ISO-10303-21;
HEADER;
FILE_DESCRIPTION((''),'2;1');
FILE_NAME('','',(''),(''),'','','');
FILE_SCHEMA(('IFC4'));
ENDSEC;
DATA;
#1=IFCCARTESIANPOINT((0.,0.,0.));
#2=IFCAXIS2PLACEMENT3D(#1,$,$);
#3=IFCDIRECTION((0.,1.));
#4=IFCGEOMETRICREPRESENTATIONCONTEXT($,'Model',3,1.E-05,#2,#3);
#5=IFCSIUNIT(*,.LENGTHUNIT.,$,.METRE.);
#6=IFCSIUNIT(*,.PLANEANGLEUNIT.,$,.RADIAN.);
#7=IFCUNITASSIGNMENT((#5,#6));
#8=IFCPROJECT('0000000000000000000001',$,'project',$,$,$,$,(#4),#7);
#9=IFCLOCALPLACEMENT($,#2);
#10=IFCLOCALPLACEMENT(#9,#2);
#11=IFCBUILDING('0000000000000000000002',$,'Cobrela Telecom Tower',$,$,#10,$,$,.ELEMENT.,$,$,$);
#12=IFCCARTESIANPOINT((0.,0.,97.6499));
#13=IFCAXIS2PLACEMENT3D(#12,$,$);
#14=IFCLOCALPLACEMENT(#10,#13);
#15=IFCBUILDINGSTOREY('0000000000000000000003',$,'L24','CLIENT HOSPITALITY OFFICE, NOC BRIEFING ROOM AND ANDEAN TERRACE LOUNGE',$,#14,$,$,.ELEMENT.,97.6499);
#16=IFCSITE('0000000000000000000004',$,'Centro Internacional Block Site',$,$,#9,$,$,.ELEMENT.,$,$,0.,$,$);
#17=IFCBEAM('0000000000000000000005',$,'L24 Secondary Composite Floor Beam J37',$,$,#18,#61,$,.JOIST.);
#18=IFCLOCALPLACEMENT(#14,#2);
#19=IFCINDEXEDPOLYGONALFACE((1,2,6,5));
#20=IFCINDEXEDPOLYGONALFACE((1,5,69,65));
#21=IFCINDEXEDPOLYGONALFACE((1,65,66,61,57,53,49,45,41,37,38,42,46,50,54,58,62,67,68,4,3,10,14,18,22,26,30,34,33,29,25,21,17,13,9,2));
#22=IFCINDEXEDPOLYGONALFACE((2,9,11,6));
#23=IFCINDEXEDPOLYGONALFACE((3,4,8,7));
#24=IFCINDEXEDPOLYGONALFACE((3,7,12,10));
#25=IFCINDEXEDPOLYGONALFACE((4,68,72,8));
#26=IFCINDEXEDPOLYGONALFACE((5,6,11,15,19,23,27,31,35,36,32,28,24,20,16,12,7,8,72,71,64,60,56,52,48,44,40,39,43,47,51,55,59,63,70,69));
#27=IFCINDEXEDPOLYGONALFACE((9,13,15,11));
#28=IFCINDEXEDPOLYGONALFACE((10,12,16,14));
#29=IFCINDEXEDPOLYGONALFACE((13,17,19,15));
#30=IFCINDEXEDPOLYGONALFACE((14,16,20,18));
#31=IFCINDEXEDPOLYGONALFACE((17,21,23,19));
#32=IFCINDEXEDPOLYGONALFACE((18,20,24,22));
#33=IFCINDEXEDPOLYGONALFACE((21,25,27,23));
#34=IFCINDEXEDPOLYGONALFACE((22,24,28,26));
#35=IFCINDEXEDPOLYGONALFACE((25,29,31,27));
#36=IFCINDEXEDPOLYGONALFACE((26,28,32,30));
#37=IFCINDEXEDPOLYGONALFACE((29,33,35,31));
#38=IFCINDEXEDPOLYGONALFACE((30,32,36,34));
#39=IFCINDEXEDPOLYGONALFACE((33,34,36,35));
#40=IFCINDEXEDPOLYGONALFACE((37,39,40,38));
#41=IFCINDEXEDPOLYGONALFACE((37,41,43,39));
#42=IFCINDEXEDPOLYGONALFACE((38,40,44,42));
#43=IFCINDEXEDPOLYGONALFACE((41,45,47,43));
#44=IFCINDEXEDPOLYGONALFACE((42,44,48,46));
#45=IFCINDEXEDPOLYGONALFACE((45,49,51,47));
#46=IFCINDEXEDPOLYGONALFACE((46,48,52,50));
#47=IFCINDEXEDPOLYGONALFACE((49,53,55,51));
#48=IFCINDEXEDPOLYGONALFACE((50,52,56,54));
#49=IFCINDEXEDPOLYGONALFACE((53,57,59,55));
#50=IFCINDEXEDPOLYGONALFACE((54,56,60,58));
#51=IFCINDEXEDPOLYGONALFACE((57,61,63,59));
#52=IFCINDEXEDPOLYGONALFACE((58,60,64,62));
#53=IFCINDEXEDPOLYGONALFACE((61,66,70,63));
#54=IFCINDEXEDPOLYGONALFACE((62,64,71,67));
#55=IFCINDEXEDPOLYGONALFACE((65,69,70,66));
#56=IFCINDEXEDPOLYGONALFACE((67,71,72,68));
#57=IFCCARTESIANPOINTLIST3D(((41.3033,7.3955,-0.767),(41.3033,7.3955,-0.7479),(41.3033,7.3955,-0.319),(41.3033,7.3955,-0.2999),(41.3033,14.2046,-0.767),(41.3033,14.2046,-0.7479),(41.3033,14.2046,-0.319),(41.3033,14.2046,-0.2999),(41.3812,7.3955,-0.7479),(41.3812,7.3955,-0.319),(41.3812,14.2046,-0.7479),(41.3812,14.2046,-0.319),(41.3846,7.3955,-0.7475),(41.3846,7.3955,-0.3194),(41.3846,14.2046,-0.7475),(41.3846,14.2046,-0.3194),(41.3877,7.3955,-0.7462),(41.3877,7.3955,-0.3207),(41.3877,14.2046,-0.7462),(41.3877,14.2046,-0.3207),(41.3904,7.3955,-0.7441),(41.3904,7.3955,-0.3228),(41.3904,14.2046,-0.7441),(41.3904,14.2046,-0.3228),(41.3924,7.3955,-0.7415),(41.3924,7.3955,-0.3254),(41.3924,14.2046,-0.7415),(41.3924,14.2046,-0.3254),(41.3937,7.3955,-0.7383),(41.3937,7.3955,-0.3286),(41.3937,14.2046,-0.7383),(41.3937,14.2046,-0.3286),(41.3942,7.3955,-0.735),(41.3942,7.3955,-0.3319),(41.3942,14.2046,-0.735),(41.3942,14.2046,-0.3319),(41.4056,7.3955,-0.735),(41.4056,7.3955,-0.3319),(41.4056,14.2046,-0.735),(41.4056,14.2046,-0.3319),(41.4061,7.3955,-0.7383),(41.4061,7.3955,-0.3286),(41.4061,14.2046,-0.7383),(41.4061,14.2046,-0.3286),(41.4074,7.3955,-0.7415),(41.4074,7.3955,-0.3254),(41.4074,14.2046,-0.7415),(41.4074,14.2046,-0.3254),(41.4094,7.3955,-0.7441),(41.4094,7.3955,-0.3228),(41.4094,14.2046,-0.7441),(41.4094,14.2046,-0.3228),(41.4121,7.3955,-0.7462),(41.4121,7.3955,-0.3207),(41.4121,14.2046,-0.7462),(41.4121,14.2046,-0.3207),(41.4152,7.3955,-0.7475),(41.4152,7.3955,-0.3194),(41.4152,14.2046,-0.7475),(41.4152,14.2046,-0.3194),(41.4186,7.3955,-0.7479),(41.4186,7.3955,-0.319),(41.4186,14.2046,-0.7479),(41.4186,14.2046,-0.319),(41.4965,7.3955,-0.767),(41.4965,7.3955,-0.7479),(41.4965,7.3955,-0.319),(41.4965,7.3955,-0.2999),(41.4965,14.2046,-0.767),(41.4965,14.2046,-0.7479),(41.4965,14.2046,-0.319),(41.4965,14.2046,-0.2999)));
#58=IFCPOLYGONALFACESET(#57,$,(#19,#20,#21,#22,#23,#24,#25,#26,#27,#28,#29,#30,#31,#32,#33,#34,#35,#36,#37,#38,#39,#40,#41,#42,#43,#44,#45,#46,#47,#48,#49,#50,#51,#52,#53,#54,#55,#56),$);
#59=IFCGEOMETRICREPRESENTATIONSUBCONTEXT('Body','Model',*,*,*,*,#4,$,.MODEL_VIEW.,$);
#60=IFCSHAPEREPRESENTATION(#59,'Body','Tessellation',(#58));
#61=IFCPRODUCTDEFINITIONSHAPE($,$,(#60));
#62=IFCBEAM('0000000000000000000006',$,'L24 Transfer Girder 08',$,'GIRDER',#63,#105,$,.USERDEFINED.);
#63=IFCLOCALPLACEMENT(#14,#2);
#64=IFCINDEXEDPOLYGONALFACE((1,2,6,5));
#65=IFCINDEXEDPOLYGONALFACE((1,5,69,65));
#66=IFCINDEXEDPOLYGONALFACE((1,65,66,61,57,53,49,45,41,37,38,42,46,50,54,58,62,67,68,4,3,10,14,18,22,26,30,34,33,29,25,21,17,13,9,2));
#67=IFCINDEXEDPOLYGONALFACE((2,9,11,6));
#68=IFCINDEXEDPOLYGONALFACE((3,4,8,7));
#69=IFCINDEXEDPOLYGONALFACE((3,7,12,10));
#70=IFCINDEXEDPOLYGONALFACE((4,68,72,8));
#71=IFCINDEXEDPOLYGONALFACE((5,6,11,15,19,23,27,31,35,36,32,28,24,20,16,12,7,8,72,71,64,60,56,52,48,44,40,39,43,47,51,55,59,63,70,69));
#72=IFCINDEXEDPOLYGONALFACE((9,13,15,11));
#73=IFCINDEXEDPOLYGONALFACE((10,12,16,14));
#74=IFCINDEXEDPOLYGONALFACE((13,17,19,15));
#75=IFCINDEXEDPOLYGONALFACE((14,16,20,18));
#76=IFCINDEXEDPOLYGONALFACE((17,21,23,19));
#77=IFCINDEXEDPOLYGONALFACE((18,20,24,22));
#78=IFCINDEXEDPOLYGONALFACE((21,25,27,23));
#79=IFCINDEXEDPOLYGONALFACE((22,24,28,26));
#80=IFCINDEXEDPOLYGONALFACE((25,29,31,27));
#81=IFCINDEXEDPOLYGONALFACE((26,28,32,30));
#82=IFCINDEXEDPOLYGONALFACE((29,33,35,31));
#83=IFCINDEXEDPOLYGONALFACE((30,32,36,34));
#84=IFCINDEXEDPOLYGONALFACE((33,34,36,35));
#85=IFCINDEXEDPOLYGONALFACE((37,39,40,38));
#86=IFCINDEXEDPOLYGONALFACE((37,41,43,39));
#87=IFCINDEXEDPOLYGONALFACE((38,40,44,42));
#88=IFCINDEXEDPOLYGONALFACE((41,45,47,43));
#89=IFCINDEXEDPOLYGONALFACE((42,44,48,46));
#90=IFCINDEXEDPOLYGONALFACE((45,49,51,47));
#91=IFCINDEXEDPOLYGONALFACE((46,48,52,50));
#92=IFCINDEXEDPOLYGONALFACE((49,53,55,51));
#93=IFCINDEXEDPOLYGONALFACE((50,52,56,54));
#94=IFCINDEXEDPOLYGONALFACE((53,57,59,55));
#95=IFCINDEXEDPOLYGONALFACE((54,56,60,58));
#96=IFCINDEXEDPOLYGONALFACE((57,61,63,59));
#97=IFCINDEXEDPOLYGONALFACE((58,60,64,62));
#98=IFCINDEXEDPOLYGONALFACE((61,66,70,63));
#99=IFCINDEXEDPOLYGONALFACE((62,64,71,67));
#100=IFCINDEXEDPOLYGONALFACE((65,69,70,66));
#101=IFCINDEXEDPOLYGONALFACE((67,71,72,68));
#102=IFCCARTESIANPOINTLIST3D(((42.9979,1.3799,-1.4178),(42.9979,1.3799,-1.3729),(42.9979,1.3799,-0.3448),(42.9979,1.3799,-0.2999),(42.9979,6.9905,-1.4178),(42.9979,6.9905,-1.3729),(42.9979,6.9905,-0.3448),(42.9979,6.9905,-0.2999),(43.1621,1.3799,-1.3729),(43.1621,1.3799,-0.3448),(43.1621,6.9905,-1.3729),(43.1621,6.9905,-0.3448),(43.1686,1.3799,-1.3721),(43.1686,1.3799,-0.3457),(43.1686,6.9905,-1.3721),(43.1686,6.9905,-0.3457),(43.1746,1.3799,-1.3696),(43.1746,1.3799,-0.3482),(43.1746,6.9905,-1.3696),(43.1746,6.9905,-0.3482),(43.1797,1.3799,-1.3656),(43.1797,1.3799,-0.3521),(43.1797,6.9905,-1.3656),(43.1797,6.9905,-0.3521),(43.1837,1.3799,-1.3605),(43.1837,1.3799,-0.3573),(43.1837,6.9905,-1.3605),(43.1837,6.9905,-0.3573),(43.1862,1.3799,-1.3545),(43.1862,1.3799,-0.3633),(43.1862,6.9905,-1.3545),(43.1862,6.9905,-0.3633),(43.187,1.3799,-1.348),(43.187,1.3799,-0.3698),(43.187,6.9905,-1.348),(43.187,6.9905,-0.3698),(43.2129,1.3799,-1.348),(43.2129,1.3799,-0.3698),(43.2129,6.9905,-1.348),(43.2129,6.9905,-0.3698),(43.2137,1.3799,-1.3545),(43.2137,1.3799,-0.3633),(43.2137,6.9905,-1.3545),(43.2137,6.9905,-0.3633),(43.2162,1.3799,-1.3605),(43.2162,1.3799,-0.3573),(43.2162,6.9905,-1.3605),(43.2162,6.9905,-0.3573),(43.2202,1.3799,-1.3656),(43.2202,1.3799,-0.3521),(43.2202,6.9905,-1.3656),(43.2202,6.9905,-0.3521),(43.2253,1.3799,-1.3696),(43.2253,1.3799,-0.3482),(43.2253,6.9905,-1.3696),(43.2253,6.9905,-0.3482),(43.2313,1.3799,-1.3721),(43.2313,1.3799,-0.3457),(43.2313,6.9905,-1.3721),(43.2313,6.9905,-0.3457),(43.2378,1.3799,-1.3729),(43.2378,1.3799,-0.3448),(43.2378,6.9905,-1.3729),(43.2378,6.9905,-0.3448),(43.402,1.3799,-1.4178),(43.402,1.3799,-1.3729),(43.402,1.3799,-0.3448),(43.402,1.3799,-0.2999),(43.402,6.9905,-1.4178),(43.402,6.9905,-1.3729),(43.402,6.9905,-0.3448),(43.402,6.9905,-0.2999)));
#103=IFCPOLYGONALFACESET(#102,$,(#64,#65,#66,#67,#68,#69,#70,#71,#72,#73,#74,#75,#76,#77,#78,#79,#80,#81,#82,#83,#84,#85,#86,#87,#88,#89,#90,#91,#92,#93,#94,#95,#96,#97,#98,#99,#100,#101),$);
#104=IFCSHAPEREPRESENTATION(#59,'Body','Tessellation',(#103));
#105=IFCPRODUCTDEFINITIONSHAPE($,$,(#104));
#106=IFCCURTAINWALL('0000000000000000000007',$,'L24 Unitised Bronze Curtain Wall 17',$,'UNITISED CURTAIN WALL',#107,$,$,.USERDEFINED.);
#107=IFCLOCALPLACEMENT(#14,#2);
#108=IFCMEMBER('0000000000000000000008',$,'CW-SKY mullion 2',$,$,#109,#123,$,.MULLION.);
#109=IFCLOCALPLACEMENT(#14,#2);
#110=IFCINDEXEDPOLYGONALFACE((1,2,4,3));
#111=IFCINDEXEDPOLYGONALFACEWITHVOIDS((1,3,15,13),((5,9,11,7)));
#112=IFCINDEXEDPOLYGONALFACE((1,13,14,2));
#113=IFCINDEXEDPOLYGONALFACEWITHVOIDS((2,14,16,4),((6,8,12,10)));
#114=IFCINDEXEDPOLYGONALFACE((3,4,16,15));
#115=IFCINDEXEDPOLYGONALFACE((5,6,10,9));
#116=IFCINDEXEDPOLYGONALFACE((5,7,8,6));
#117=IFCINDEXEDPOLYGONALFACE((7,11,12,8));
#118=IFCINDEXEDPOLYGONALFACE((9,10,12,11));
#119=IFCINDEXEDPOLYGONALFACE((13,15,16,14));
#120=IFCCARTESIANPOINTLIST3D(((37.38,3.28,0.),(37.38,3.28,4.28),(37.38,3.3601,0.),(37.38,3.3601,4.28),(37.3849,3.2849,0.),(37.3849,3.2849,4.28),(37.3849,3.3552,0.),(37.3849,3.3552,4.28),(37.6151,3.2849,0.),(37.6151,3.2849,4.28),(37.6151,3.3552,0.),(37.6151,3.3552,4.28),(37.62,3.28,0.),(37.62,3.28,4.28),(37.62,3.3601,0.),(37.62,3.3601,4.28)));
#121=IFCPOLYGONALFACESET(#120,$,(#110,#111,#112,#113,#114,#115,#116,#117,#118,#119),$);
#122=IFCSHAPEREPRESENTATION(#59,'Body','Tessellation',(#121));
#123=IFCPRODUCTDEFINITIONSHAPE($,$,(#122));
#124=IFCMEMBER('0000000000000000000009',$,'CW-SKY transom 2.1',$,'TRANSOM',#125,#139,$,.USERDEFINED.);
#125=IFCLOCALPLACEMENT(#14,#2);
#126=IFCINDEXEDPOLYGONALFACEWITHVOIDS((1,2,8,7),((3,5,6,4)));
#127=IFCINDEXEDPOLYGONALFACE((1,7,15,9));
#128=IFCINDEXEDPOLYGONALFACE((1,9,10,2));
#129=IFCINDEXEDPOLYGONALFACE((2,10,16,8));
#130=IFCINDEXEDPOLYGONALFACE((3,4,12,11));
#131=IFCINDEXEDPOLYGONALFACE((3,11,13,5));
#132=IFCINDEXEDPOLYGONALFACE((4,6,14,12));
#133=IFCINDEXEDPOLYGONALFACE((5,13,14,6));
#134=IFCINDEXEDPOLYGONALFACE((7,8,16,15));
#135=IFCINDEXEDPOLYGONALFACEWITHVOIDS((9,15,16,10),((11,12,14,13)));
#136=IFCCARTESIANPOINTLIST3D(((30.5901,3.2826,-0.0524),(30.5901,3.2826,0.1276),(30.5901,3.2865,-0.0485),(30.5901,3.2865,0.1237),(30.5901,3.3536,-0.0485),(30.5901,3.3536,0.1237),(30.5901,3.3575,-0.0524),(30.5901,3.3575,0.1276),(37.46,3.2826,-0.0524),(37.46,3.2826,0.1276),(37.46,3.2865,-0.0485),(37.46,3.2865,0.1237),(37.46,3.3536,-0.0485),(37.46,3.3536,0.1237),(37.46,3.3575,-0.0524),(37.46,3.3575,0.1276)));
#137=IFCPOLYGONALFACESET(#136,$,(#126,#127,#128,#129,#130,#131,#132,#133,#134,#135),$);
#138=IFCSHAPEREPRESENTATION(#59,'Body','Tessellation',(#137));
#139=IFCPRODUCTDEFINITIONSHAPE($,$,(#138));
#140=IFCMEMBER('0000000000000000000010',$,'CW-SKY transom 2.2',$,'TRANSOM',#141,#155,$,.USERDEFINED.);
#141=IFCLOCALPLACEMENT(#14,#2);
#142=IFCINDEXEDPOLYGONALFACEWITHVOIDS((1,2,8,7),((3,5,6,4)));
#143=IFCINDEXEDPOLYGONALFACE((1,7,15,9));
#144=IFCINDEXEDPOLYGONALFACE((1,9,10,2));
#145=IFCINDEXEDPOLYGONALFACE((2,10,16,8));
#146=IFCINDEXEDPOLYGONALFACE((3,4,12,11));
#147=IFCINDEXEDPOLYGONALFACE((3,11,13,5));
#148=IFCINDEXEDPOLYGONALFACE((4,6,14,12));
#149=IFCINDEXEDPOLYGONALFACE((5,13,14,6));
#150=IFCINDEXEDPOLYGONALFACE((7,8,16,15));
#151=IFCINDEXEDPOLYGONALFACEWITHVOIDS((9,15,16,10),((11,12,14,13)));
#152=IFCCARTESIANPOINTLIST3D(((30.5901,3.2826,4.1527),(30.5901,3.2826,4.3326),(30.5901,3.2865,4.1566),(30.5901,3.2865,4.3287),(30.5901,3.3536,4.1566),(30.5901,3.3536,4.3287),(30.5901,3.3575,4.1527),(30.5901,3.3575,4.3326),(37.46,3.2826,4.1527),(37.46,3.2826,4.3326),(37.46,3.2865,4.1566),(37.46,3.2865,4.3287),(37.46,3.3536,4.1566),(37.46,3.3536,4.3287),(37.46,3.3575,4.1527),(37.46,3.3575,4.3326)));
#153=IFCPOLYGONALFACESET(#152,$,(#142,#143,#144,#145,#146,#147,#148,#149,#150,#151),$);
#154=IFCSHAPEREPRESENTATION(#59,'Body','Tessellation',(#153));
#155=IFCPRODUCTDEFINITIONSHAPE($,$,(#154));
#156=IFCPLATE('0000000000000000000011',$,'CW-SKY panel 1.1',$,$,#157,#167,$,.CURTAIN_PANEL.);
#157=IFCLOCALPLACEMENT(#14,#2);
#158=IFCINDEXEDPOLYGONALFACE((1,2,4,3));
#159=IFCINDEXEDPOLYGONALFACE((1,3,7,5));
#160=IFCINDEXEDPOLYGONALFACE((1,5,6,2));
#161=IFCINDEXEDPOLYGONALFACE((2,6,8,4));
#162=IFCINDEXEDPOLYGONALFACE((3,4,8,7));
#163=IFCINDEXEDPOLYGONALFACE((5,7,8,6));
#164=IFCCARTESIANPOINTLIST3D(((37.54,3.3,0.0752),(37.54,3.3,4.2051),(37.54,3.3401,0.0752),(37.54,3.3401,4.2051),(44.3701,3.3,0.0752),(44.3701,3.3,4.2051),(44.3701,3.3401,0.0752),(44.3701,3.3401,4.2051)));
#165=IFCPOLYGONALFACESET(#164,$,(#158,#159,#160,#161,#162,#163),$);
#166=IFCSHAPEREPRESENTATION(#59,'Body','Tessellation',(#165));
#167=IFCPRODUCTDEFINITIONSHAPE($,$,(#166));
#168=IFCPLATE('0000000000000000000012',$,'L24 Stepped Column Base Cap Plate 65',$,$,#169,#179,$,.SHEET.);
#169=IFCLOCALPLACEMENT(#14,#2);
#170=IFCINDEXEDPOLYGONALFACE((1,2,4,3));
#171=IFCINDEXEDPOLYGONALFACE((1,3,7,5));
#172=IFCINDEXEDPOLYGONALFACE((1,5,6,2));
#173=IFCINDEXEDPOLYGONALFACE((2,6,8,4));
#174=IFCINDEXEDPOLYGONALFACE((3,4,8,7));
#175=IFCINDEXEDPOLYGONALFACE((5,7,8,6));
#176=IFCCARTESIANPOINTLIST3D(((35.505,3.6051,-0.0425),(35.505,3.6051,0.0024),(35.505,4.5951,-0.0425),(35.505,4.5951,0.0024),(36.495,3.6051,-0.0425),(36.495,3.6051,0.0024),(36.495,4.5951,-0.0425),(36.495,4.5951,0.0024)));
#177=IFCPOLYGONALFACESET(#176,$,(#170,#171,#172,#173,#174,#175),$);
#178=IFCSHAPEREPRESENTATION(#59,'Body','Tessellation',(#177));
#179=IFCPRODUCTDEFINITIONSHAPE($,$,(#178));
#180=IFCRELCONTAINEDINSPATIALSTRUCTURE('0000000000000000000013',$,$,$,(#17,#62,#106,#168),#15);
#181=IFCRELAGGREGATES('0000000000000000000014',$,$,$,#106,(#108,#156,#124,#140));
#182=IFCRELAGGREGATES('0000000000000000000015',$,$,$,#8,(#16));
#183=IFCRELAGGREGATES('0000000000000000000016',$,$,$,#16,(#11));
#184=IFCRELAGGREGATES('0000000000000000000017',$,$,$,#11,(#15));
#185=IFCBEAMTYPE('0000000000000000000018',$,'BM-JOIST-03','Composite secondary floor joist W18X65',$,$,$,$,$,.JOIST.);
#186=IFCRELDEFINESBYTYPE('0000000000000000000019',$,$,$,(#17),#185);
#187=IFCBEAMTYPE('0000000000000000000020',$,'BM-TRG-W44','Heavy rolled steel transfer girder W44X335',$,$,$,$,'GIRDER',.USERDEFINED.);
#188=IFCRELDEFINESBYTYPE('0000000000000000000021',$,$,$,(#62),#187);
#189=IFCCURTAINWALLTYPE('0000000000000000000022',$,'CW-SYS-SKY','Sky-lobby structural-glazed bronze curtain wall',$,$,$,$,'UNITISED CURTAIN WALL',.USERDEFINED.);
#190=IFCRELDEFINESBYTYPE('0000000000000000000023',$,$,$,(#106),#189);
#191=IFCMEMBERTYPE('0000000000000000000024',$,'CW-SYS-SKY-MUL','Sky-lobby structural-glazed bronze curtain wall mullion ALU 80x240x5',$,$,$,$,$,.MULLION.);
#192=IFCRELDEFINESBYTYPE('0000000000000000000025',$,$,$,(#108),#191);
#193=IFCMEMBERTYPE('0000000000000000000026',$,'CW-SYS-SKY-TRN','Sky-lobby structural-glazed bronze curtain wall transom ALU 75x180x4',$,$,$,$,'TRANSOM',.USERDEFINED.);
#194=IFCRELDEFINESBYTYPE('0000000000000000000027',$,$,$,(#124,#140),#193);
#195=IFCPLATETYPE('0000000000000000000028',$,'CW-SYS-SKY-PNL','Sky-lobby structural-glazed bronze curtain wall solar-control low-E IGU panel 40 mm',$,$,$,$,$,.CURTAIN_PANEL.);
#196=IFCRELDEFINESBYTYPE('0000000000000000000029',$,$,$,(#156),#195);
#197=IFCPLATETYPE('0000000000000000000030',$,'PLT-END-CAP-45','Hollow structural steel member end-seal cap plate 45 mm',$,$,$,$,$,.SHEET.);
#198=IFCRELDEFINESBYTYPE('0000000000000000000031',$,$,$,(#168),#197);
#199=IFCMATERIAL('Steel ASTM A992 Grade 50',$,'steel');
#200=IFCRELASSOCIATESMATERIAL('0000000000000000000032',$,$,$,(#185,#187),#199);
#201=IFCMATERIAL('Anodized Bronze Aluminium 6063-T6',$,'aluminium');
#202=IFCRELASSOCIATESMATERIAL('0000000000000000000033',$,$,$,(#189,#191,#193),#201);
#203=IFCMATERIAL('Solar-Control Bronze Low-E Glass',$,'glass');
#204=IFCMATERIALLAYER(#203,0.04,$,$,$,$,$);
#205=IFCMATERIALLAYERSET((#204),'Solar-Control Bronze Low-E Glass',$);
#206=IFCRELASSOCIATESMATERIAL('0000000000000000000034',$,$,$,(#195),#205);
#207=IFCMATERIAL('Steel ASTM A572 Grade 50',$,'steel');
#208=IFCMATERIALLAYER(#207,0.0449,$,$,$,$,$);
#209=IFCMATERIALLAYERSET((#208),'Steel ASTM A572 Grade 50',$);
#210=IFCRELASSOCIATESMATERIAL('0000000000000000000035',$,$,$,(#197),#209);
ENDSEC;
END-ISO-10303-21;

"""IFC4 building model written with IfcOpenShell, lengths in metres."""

from ifc_helpers import new_model, si_unit, direction, frame, origin, origin_2d, place, context, subcontext, project, spatial, rectangle, hollow_rectangle, i_section, extrude, material, layer, layer_set, material_profile, profile_set, type_object, element, aggregate, save


model = new_model("IFC4")

# Units and contexts
model_context = context("Model", 3, precision=1e-05, world=origin(), true_north=direction((0.0, 1.0)))
body_context = subcontext(model_context, "Body", "Model", "MODEL_VIEW")
ifc_project = project(units=[si_unit("LENGTHUNIT", "METRE"), si_unit("PLANEANGLEUNIT", "RADIAN")], contexts=[model_context])

# Site, building, storey
site_placement = place(None, origin())
site = spatial("IfcSite", under=ifc_project, at=site_placement, Name="Centro Internacional Block Site", CompositionType="ELEMENT", RefElevation=0.0)
building_placement = place(site_placement, origin())
building = spatial("IfcBuilding", under=site, at=building_placement, Name="Cobrela Telecom Tower", CompositionType="ELEMENT")
storey_placement = place(building_placement, frame((0.0, 0.0, 97.6499)))
storey = spatial("IfcBuildingStorey", under=building, at=storey_placement, Name="L24", Description="CLIENT HOSPITALITY OFFICE, NOC BRIEFING ROOM AND ANDEAN TERRACE LOUNGE", CompositionType="ELEMENT", Elevation=97.6499)

# Shared definitions
ifc_material_1 = material(Name="Steel ASTM A992 Grade 50", Category="steel")
ifc_material_2 = material(Name="Steel ASTM A572 Grade 50", Category="steel")

# Beams
ifc_material_profile_1 = material_profile(ifc_material_1, i_section(OverallWidth=0.1931, OverallDepth=0.467, WebThickness=0.0115, FlangeThickness=0.019, FilletRadius=0.0129, at=origin_2d()), Name="W18X65")
ifc_profile_set_1 = profile_set([ifc_material_profile_1], Name="Steel ASTM A992 Grade 50")
beam_type_1 = type_object("IfcBeamType", Name="BM-JOIST-03", Description="Composite secondary floor joist W18X65", PredefinedType="JOIST", material=ifc_profile_set_1)
for number, where, z_axis, x_axis, name in (
    (1, (41.3999, 7.3955, -0.5334), (0.0, 1.0, 0.0), (-1.0, 0.0, 0.0), "L24 Secondary Composite Floor Beam J37"),
):
    element("IfcBeam", number, at=place(storey_placement, frame(where, z_axis=z_axis, x_axis=x_axis)), inside=storey, type_object=beam_type_1, Name=name, PredefinedType="JOIST", context=body_context, shape_type="SweptSolid", body=[
        extrude(i_section(OverallWidth=0.1931, OverallDepth=0.467, WebThickness=0.0115, FlangeThickness=0.019, FilletRadius=0.0129, at=origin_2d()), origin(), (0.0, 0.0, 1.0), 6.8091),
    ])
ifc_material_profile_2 = material_profile(ifc_material_1, i_section(OverallWidth=0.4041, OverallDepth=1.1179, WebThickness=0.0259, FlangeThickness=0.0449, FilletRadius=0.0249, at=origin_2d()), Name="W44X335")
ifc_profile_set_2 = profile_set([ifc_material_profile_2], Name="Steel ASTM A992 Grade 50")
beam_type_2 = type_object("IfcBeamType", Name="BM-TRG-W44", Description="Heavy rolled steel transfer girder W44X335", ElementType="GIRDER", PredefinedType="USERDEFINED", material=ifc_profile_set_2)
beam_placement = place(storey_placement, frame((43.2, 1.3799, -0.8589), z_axis=(0.0, 1.0, 0.0), x_axis=(-1.0, 0.0, 0.0)))
element("IfcBeam", 2, at=beam_placement, inside=storey, type_object=beam_type_2, Name="L24 Transfer Girder 08", ObjectType="GIRDER", PredefinedType="USERDEFINED", context=body_context, shape_type="SweptSolid", body=[
    extrude(i_section(OverallWidth=0.4041, OverallDepth=1.1179, WebThickness=0.0259, FlangeThickness=0.0449, FilletRadius=0.0249, at=origin_2d()), origin(), (0.0, 0.0, 1.0), 5.6106),
])

# Curtain wall, members, plate
ifc_material_3 = material(Name="Anodized Bronze Aluminium 6063-T6", Category="aluminium")
curtain_wall_type = type_object("IfcCurtainWallType", Name="CW-SYS-SKY", Description="Sky-lobby structural-glazed bronze curtain wall", ElementType="UNITISED CURTAIN WALL", PredefinedType="USERDEFINED", material=ifc_material_3)
curtain_wall_placement = place(storey_placement, origin())
curtain_wall = element("IfcCurtainWall", 3, at=curtain_wall_placement, inside=storey, type_object=curtain_wall_type, Name="L24 Unitised Bronze Curtain Wall 17", ObjectType="UNITISED CURTAIN WALL", PredefinedType="USERDEFINED")
ifc_material_profile_3 = material_profile(ifc_material_3, hollow_rectangle(XDim=0.0801, YDim=0.24, WallThickness=0.0049, at=origin_2d()), Name="ALU 80x240x5")
ifc_profile_set_3 = profile_set([ifc_material_profile_3], Name="Anodized Bronze Aluminium 6063-T6")
member_type_1 = type_object("IfcMemberType", Name="CW-SYS-SKY-MUL", Description="Sky-lobby structural-glazed bronze curtain wall mullion ALU 80x240x5", PredefinedType="MULLION", material=ifc_profile_set_3)
member_1_placement = place(storey_placement, frame((37.5, 3.3201, 0.0), z_axis=(0.0, 0.0, 1.0), x_axis=(0.0, -1.0, 0.0)))
member_1 = element("IfcMember", 4, at=member_1_placement, type_object=member_type_1, Name="CW-SKY mullion 2", PredefinedType="MULLION", context=body_context, shape_type="SweptSolid", body=[
    extrude(hollow_rectangle(XDim=0.0801, YDim=0.24, WallThickness=0.0049, at=origin_2d()), origin(), (0.0, 0.0, 1.0), 4.28),
])
ifc_material_profile_4 = material_profile(ifc_material_3, hollow_rectangle(XDim=0.075, YDim=0.1799, WallThickness=0.0039, at=origin_2d()), Name="ALU 75x180x4")
ifc_profile_set_4 = profile_set([ifc_material_profile_4], Name="Anodized Bronze Aluminium 6063-T6")
member_type_2 = type_object("IfcMemberType", Name="CW-SYS-SKY-TRN", Description="Sky-lobby structural-glazed bronze curtain wall transom ALU 75x180x4", ElementType="TRANSOM", PredefinedType="USERDEFINED", material=ifc_profile_set_4)
member_2_placement = place(storey_placement, frame((37.46, 3.3201, 0.0376), z_axis=(-1.0, 0.0, 0.0), x_axis=(0.0, -1.0, 0.0)))
member_2 = element("IfcMember", 5, at=member_2_placement, type_object=member_type_2, Name="CW-SKY transom 2.1", ObjectType="TRANSOM", PredefinedType="USERDEFINED", context=body_context, shape_type="SweptSolid", body=[
    extrude(hollow_rectangle(XDim=0.075, YDim=0.1799, WallThickness=0.0039, at=origin_2d()), origin(), (0.0, 0.0, 1.0), 6.8699),
])
member_3_placement = place(storey_placement, frame((37.46, 3.3201, 4.2427), z_axis=(-1.0, 0.0, 0.0), x_axis=(0.0, -1.0, 0.0)))
member_3 = element("IfcMember", 6, at=member_3_placement, type_object=member_type_2, Name="CW-SKY transom 2.2", ObjectType="TRANSOM", PredefinedType="USERDEFINED", context=body_context, shape_type="SweptSolid", body=[
    extrude(hollow_rectangle(XDim=0.075, YDim=0.1799, WallThickness=0.0039, at=origin_2d()), origin(), (0.0, 0.0, 1.0), 6.8699),
])
ifc_material_4 = material(Name="Solar-Control Bronze Low-E Glass", Category="glass")
ifc_layer_1 = layer(ifc_material_4, 0.04)
ifc_layer_set_1 = layer_set([ifc_layer_1], Name="Solar-Control Bronze Low-E Glass")
plate_type_1 = type_object("IfcPlateType", Name="CW-SYS-SKY-PNL", Description="Sky-lobby structural-glazed bronze curtain wall solar-control low-E IGU panel 40 mm", PredefinedType="CURTAIN_PANEL", material=ifc_layer_set_1)
plate_1_placement = place(storey_placement, frame((40.9551, 3.3201, 0.0752), z_axis=(0.0, 0.0, 1.0), x_axis=(-1.0, 0.0, 0.0)))
plate_1 = element("IfcPlate", 7, at=plate_1_placement, type_object=plate_type_1, Name="CW-SKY panel 1.1", PredefinedType="CURTAIN_PANEL", context=body_context, shape_type="SweptSolid", body=[
    extrude(rectangle(XDim=6.8301, YDim=0.04, at=origin_2d()), origin(), (0.0, 0.0, 1.0), 4.1299),
])
aggregate(curtain_wall, [member_1, plate_1, member_2, member_3])

# Plate
ifc_layer_2 = layer(ifc_material_2, 0.0449)
ifc_layer_set_2 = layer_set([ifc_layer_2], Name="Steel ASTM A572 Grade 50")
plate_type_2 = type_object("IfcPlateType", Name="PLT-END-CAP-45", Description="Hollow structural steel member end-seal cap plate 45 mm", PredefinedType="SHEET", material=ifc_layer_set_2)
for number, where, z_axis, x_axis, name in (
    (8, (36.0, 4.1001, -0.0425), (0.0, 0.0, 1.0), (1.0, 0.0, 0.0), "L24 Stepped Column Base Cap Plate 65"),
):
    element("IfcPlate", number, at=place(storey_placement, frame(where, z_axis=z_axis, x_axis=x_axis)), inside=storey, type_object=plate_type_2, Name=name, PredefinedType="SHEET", context=body_context, shape_type="SweptSolid", body=[
        extrude(rectangle(XDim=0.99, YDim=0.99, at=origin_2d()), origin(), (0.0, 0.0, 1.0), 0.0449),
    ])

save(model, "model.ifc")
